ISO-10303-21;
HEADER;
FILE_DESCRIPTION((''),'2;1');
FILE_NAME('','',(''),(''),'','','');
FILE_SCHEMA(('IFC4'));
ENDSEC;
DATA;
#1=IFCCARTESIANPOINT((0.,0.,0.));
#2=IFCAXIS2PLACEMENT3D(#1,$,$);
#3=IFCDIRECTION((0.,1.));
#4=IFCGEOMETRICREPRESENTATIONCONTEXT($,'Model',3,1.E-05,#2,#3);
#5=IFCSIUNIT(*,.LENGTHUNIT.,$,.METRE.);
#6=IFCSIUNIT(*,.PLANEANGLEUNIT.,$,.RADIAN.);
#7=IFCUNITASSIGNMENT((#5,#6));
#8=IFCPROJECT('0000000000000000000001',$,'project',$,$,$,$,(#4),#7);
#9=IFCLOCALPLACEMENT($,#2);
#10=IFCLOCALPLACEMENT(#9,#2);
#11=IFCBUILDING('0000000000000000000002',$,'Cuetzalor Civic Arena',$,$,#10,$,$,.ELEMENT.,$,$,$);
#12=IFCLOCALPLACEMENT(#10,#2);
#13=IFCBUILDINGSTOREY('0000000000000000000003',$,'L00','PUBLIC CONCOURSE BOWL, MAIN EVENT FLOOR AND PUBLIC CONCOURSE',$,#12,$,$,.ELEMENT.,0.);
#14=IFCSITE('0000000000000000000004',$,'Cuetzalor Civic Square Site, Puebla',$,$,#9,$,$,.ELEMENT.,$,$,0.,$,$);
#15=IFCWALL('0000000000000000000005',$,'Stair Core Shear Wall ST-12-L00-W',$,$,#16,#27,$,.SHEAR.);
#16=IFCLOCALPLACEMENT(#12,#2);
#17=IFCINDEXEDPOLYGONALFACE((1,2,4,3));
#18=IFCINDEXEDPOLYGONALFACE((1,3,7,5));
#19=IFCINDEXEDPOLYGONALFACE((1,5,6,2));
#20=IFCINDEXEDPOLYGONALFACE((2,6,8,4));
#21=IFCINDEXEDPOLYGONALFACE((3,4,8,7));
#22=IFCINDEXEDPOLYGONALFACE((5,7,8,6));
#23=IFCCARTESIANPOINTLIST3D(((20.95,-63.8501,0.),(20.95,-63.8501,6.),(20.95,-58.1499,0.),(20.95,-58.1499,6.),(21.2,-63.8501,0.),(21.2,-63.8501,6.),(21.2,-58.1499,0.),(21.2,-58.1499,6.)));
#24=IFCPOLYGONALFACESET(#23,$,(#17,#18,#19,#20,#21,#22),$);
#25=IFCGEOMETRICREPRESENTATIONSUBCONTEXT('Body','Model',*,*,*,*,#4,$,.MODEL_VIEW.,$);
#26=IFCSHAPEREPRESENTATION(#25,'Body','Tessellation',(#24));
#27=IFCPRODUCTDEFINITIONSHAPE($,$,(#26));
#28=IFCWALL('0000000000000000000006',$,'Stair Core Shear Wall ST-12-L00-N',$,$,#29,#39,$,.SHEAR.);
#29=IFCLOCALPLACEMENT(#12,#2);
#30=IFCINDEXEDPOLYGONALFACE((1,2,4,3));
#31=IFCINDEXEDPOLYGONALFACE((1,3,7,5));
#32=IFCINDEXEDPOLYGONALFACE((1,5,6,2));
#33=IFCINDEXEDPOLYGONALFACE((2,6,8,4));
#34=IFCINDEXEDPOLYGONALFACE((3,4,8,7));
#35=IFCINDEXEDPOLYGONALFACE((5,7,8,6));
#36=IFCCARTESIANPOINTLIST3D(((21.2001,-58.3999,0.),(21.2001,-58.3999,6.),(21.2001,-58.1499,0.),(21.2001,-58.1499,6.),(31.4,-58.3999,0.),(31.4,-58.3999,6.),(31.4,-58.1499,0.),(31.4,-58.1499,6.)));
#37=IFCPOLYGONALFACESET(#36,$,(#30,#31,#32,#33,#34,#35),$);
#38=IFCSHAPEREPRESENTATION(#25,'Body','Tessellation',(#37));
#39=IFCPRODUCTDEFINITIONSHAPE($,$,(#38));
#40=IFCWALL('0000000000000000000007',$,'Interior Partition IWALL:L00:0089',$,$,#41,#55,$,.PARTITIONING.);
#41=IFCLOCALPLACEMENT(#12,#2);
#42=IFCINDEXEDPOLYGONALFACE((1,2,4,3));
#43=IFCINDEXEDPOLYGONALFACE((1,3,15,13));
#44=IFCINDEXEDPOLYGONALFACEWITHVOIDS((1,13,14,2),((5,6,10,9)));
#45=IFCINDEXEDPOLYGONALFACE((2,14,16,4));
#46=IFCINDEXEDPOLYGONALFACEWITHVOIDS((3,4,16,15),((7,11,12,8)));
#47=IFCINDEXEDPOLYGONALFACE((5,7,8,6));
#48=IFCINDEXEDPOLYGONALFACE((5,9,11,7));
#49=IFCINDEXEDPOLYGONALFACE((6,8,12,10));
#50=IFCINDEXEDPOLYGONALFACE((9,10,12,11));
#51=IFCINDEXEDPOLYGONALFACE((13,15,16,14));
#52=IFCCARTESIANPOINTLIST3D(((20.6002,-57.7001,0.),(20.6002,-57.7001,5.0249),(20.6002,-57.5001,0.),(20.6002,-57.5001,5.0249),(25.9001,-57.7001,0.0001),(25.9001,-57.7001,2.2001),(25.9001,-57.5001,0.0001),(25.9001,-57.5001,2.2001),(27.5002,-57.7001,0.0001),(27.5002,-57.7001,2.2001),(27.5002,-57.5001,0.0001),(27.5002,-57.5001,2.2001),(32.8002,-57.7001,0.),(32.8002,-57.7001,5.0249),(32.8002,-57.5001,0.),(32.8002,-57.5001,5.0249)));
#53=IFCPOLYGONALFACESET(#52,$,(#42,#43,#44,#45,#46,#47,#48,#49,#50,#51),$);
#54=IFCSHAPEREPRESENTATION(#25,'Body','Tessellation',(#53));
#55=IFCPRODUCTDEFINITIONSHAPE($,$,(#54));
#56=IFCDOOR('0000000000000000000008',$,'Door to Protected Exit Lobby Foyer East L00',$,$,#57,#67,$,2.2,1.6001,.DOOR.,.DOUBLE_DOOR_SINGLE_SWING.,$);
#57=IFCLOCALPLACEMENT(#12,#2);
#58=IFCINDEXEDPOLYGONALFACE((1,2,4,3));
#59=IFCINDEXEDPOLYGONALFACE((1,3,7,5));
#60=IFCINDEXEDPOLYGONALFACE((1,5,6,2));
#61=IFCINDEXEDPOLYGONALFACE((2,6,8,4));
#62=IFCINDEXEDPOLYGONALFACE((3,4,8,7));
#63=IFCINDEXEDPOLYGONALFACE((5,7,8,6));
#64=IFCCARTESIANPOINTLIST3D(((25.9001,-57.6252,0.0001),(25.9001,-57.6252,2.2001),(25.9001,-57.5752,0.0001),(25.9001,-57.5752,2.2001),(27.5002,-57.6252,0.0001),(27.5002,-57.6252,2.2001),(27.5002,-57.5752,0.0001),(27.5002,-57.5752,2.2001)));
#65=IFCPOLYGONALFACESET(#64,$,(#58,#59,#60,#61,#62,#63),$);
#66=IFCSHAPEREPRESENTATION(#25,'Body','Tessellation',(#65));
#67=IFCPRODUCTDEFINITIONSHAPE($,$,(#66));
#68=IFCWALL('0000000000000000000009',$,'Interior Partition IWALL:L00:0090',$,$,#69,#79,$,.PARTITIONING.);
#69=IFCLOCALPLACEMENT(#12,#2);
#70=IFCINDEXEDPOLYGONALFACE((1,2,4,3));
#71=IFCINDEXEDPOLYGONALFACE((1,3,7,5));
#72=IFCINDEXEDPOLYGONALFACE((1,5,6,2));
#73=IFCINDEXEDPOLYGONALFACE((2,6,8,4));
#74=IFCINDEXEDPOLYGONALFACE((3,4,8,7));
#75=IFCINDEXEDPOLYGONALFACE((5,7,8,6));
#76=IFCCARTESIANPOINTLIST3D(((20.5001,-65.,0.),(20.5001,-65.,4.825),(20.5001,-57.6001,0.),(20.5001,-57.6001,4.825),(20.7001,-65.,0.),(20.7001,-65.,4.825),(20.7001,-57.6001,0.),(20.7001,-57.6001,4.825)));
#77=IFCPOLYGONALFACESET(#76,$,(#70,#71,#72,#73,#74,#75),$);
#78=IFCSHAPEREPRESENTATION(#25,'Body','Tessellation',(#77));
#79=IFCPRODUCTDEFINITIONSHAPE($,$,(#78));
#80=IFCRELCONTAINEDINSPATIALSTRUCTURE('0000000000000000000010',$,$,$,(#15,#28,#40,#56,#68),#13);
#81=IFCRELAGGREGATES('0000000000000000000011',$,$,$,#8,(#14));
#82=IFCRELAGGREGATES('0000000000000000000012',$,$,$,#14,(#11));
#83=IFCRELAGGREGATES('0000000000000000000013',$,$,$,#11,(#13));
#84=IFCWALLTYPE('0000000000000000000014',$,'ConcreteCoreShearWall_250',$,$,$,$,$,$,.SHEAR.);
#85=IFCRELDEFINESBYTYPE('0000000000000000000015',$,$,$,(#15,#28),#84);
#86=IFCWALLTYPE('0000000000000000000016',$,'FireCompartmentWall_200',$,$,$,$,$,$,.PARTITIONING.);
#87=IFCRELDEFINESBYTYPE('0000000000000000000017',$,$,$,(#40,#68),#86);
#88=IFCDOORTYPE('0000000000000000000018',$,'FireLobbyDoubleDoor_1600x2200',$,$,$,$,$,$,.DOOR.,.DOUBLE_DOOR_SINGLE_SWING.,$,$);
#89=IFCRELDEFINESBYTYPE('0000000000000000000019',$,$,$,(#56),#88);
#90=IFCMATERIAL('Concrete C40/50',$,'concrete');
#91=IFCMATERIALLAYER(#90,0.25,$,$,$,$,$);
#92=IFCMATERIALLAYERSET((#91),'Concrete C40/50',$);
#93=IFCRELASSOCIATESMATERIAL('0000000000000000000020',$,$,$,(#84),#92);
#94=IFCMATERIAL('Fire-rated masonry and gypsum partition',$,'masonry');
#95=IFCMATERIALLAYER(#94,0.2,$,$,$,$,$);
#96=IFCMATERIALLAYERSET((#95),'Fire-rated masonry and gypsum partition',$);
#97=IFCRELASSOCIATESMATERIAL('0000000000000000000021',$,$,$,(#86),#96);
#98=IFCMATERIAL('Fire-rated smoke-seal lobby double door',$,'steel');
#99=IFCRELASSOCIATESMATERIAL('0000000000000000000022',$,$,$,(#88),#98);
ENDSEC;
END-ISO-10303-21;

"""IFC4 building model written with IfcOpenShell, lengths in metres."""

from ifc_helpers import new_model, si_unit, direction, frame, frame_2d, origin, place, context, subcontext, project, spatial, rectangle, extrude, material, layer, layer_set, type_object, element, fill, save


model = new_model("IFC4")

# Units and contexts
model_context = context("Model", 3, precision=1e-05, world=origin(), true_north=direction((0.0, 1.0)))
body_context = subcontext(model_context, "Body", "Model", "MODEL_VIEW")
ifc_project = project(units=[si_unit("LENGTHUNIT", "METRE"), si_unit("PLANEANGLEUNIT", "RADIAN")], contexts=[model_context])

# Site, building, storey
site_placement = place(None, origin())
site = spatial("IfcSite", under=ifc_project, at=site_placement, Name="Cuetzalor Civic Square Site, Puebla", CompositionType="ELEMENT", RefElevation=0.0)
building_placement = place(site_placement, origin())
building = spatial("IfcBuilding", under=site, at=building_placement, Name="Cuetzalor Civic Arena", CompositionType="ELEMENT")
storey_placement = place(building_placement, origin())
storey = spatial("IfcBuildingStorey", under=building, at=storey_placement, Name="L00", Description="PUBLIC CONCOURSE BOWL, MAIN EVENT FLOOR AND PUBLIC CONCOURSE", CompositionType="ELEMENT", Elevation=0.0)

# Walls
ifc_material_1 = material(Name="Concrete C40/50", Category="concrete")
ifc_layer_1 = layer(ifc_material_1, 0.25)
ifc_layer_set_1 = layer_set([ifc_layer_1], Name="Concrete C40/50")
wall_type_1 = type_object("IfcWallType", Name="ConcreteCoreShearWall_250", PredefinedType="SHEAR", material=ifc_layer_set_1)
wall_1_placement = place(storey_placement, frame((21.075, -63.8501, 0.0), z_axis=(0.0, 0.0, 1.0), x_axis=(0.0, 1.0, 0.0)))
element("IfcWall", 1, at=wall_1_placement, inside=storey, type_object=wall_type_1, Name="Stair Core Shear Wall ST-12-L00-W", PredefinedType="SHEAR", context=body_context, shape_type="SweptSolid", body=[
    extrude(rectangle(XDim=5.7002, YDim=0.25, at=frame_2d((2.8501, 0.0))), origin(), (0.0, 0.0, 1.0), 6.0),
])
wall_2_placement = place(storey_placement, frame((21.2, -58.2749, 0.0), z_axis=(0.0, 0.0, 1.0), x_axis=(1.0, 0.0, 0.0)))
element("IfcWall", 2, at=wall_2_placement, inside=storey, type_object=wall_type_1, Name="Stair Core Shear Wall ST-12-L00-N", PredefinedType="SHEAR", context=body_context, shape_type="SweptSolid", body=[
    extrude(rectangle(XDim=10.2, YDim=0.25, at=frame_2d((5.1001, 0.0))), origin(), (0.0, 0.0, 1.0), 6.0),
])

# Wall, opening, door
ifc_material_2 = material(Name="Fire-rated masonry and gypsum partition", Category="masonry")
ifc_layer_2 = layer(ifc_material_2, 0.2)
ifc_layer_set_2 = layer_set([ifc_layer_2], Name="Fire-rated masonry and gypsum partition")
wall_type_2 = type_object("IfcWallType", Name="FireCompartmentWall_200", PredefinedType="PARTITIONING", material=ifc_layer_set_2)
wall_3_placement = place(storey_placement, frame((20.6001, -57.6001, 0.0), z_axis=(0.0, 0.0, 1.0), x_axis=(1.0, 0.0, 0.0)))
wall_3 = element("IfcWall", 3, at=wall_3_placement, inside=storey, type_object=wall_type_2, Name="Interior Partition IWALL:L00:0089", PredefinedType="PARTITIONING", context=body_context, shape_type="SweptSolid", body=[
    extrude(rectangle(XDim=12.2, YDim=0.2, at=frame_2d((6.1001, 0.0))), origin(), (0.0, 0.0, 1.0), 5.0249),
])
opening_1_placement = place(wall_3_placement, frame((5.3, 0.0, 0.0)))
opening_1 = element("IfcOpeningElement", 4, at=opening_1_placement, cuts=wall_3, PredefinedType="OPENING", context=body_context, shape_type="SweptSolid", body=[
    extrude(rectangle(XDim=1.6001, YDim=2.2, at=frame_2d((0.8, 1.1001))), frame((0.0, 0.1099, 0.0), z_axis=(0.0, -1.0, 0.0), x_axis=(1.0, 0.0, 0.0)), (0.0, 0.0, 1.0), 0.22),
])
ifc_material_3 = material(Name="Fire-rated smoke-seal lobby double door", Category="steel")
door_type_1 = type_object("IfcDoorType", Name="FireLobbyDoubleDoor_1600x2200", OperationType="DOUBLE_DOOR_SINGLE_SWING", PredefinedType="DOOR", material=ifc_material_3)
door_1_placement = place(opening_1_placement, origin())
door_1 = element("IfcDoor", 5, at=door_1_placement, inside=storey, type_object=door_type_1, Name="Door to Protected Exit Lobby Foyer East L00", OperationType="DOUBLE_DOOR_SINGLE_SWING", OverallHeight=2.2, OverallWidth=1.6001, PredefinedType="DOOR", context=body_context, shape_type="SweptSolid", body=[
    extrude(rectangle(XDim=1.6001, YDim=2.2, at=frame_2d((0.8, 1.1001))), frame((0.0, 0.0249, 0.0), z_axis=(0.0, -1.0, 0.0), x_axis=(1.0, 0.0, 0.0)), (0.0, 0.0, 1.0), 0.05),
])
fill(opening_1, door_1)

# Wall
wall_4_placement = place(storey_placement, frame((20.6001, -65.0, 0.0), z_axis=(0.0, 0.0, 1.0), x_axis=(0.0, 1.0, 0.0)))
element("IfcWall", 6, at=wall_4_placement, inside=storey, type_object=wall_type_2, Name="Interior Partition IWALL:L00:0090", PredefinedType="PARTITIONING", context=body_context, shape_type="SweptSolid", body=[
    extrude(rectangle(XDim=7.3999, YDim=0.2, at=frame_2d((3.7, 0.0))), origin(), (0.0, 0.0, 1.0), 4.825),
])

save(model, "model.ifc")
